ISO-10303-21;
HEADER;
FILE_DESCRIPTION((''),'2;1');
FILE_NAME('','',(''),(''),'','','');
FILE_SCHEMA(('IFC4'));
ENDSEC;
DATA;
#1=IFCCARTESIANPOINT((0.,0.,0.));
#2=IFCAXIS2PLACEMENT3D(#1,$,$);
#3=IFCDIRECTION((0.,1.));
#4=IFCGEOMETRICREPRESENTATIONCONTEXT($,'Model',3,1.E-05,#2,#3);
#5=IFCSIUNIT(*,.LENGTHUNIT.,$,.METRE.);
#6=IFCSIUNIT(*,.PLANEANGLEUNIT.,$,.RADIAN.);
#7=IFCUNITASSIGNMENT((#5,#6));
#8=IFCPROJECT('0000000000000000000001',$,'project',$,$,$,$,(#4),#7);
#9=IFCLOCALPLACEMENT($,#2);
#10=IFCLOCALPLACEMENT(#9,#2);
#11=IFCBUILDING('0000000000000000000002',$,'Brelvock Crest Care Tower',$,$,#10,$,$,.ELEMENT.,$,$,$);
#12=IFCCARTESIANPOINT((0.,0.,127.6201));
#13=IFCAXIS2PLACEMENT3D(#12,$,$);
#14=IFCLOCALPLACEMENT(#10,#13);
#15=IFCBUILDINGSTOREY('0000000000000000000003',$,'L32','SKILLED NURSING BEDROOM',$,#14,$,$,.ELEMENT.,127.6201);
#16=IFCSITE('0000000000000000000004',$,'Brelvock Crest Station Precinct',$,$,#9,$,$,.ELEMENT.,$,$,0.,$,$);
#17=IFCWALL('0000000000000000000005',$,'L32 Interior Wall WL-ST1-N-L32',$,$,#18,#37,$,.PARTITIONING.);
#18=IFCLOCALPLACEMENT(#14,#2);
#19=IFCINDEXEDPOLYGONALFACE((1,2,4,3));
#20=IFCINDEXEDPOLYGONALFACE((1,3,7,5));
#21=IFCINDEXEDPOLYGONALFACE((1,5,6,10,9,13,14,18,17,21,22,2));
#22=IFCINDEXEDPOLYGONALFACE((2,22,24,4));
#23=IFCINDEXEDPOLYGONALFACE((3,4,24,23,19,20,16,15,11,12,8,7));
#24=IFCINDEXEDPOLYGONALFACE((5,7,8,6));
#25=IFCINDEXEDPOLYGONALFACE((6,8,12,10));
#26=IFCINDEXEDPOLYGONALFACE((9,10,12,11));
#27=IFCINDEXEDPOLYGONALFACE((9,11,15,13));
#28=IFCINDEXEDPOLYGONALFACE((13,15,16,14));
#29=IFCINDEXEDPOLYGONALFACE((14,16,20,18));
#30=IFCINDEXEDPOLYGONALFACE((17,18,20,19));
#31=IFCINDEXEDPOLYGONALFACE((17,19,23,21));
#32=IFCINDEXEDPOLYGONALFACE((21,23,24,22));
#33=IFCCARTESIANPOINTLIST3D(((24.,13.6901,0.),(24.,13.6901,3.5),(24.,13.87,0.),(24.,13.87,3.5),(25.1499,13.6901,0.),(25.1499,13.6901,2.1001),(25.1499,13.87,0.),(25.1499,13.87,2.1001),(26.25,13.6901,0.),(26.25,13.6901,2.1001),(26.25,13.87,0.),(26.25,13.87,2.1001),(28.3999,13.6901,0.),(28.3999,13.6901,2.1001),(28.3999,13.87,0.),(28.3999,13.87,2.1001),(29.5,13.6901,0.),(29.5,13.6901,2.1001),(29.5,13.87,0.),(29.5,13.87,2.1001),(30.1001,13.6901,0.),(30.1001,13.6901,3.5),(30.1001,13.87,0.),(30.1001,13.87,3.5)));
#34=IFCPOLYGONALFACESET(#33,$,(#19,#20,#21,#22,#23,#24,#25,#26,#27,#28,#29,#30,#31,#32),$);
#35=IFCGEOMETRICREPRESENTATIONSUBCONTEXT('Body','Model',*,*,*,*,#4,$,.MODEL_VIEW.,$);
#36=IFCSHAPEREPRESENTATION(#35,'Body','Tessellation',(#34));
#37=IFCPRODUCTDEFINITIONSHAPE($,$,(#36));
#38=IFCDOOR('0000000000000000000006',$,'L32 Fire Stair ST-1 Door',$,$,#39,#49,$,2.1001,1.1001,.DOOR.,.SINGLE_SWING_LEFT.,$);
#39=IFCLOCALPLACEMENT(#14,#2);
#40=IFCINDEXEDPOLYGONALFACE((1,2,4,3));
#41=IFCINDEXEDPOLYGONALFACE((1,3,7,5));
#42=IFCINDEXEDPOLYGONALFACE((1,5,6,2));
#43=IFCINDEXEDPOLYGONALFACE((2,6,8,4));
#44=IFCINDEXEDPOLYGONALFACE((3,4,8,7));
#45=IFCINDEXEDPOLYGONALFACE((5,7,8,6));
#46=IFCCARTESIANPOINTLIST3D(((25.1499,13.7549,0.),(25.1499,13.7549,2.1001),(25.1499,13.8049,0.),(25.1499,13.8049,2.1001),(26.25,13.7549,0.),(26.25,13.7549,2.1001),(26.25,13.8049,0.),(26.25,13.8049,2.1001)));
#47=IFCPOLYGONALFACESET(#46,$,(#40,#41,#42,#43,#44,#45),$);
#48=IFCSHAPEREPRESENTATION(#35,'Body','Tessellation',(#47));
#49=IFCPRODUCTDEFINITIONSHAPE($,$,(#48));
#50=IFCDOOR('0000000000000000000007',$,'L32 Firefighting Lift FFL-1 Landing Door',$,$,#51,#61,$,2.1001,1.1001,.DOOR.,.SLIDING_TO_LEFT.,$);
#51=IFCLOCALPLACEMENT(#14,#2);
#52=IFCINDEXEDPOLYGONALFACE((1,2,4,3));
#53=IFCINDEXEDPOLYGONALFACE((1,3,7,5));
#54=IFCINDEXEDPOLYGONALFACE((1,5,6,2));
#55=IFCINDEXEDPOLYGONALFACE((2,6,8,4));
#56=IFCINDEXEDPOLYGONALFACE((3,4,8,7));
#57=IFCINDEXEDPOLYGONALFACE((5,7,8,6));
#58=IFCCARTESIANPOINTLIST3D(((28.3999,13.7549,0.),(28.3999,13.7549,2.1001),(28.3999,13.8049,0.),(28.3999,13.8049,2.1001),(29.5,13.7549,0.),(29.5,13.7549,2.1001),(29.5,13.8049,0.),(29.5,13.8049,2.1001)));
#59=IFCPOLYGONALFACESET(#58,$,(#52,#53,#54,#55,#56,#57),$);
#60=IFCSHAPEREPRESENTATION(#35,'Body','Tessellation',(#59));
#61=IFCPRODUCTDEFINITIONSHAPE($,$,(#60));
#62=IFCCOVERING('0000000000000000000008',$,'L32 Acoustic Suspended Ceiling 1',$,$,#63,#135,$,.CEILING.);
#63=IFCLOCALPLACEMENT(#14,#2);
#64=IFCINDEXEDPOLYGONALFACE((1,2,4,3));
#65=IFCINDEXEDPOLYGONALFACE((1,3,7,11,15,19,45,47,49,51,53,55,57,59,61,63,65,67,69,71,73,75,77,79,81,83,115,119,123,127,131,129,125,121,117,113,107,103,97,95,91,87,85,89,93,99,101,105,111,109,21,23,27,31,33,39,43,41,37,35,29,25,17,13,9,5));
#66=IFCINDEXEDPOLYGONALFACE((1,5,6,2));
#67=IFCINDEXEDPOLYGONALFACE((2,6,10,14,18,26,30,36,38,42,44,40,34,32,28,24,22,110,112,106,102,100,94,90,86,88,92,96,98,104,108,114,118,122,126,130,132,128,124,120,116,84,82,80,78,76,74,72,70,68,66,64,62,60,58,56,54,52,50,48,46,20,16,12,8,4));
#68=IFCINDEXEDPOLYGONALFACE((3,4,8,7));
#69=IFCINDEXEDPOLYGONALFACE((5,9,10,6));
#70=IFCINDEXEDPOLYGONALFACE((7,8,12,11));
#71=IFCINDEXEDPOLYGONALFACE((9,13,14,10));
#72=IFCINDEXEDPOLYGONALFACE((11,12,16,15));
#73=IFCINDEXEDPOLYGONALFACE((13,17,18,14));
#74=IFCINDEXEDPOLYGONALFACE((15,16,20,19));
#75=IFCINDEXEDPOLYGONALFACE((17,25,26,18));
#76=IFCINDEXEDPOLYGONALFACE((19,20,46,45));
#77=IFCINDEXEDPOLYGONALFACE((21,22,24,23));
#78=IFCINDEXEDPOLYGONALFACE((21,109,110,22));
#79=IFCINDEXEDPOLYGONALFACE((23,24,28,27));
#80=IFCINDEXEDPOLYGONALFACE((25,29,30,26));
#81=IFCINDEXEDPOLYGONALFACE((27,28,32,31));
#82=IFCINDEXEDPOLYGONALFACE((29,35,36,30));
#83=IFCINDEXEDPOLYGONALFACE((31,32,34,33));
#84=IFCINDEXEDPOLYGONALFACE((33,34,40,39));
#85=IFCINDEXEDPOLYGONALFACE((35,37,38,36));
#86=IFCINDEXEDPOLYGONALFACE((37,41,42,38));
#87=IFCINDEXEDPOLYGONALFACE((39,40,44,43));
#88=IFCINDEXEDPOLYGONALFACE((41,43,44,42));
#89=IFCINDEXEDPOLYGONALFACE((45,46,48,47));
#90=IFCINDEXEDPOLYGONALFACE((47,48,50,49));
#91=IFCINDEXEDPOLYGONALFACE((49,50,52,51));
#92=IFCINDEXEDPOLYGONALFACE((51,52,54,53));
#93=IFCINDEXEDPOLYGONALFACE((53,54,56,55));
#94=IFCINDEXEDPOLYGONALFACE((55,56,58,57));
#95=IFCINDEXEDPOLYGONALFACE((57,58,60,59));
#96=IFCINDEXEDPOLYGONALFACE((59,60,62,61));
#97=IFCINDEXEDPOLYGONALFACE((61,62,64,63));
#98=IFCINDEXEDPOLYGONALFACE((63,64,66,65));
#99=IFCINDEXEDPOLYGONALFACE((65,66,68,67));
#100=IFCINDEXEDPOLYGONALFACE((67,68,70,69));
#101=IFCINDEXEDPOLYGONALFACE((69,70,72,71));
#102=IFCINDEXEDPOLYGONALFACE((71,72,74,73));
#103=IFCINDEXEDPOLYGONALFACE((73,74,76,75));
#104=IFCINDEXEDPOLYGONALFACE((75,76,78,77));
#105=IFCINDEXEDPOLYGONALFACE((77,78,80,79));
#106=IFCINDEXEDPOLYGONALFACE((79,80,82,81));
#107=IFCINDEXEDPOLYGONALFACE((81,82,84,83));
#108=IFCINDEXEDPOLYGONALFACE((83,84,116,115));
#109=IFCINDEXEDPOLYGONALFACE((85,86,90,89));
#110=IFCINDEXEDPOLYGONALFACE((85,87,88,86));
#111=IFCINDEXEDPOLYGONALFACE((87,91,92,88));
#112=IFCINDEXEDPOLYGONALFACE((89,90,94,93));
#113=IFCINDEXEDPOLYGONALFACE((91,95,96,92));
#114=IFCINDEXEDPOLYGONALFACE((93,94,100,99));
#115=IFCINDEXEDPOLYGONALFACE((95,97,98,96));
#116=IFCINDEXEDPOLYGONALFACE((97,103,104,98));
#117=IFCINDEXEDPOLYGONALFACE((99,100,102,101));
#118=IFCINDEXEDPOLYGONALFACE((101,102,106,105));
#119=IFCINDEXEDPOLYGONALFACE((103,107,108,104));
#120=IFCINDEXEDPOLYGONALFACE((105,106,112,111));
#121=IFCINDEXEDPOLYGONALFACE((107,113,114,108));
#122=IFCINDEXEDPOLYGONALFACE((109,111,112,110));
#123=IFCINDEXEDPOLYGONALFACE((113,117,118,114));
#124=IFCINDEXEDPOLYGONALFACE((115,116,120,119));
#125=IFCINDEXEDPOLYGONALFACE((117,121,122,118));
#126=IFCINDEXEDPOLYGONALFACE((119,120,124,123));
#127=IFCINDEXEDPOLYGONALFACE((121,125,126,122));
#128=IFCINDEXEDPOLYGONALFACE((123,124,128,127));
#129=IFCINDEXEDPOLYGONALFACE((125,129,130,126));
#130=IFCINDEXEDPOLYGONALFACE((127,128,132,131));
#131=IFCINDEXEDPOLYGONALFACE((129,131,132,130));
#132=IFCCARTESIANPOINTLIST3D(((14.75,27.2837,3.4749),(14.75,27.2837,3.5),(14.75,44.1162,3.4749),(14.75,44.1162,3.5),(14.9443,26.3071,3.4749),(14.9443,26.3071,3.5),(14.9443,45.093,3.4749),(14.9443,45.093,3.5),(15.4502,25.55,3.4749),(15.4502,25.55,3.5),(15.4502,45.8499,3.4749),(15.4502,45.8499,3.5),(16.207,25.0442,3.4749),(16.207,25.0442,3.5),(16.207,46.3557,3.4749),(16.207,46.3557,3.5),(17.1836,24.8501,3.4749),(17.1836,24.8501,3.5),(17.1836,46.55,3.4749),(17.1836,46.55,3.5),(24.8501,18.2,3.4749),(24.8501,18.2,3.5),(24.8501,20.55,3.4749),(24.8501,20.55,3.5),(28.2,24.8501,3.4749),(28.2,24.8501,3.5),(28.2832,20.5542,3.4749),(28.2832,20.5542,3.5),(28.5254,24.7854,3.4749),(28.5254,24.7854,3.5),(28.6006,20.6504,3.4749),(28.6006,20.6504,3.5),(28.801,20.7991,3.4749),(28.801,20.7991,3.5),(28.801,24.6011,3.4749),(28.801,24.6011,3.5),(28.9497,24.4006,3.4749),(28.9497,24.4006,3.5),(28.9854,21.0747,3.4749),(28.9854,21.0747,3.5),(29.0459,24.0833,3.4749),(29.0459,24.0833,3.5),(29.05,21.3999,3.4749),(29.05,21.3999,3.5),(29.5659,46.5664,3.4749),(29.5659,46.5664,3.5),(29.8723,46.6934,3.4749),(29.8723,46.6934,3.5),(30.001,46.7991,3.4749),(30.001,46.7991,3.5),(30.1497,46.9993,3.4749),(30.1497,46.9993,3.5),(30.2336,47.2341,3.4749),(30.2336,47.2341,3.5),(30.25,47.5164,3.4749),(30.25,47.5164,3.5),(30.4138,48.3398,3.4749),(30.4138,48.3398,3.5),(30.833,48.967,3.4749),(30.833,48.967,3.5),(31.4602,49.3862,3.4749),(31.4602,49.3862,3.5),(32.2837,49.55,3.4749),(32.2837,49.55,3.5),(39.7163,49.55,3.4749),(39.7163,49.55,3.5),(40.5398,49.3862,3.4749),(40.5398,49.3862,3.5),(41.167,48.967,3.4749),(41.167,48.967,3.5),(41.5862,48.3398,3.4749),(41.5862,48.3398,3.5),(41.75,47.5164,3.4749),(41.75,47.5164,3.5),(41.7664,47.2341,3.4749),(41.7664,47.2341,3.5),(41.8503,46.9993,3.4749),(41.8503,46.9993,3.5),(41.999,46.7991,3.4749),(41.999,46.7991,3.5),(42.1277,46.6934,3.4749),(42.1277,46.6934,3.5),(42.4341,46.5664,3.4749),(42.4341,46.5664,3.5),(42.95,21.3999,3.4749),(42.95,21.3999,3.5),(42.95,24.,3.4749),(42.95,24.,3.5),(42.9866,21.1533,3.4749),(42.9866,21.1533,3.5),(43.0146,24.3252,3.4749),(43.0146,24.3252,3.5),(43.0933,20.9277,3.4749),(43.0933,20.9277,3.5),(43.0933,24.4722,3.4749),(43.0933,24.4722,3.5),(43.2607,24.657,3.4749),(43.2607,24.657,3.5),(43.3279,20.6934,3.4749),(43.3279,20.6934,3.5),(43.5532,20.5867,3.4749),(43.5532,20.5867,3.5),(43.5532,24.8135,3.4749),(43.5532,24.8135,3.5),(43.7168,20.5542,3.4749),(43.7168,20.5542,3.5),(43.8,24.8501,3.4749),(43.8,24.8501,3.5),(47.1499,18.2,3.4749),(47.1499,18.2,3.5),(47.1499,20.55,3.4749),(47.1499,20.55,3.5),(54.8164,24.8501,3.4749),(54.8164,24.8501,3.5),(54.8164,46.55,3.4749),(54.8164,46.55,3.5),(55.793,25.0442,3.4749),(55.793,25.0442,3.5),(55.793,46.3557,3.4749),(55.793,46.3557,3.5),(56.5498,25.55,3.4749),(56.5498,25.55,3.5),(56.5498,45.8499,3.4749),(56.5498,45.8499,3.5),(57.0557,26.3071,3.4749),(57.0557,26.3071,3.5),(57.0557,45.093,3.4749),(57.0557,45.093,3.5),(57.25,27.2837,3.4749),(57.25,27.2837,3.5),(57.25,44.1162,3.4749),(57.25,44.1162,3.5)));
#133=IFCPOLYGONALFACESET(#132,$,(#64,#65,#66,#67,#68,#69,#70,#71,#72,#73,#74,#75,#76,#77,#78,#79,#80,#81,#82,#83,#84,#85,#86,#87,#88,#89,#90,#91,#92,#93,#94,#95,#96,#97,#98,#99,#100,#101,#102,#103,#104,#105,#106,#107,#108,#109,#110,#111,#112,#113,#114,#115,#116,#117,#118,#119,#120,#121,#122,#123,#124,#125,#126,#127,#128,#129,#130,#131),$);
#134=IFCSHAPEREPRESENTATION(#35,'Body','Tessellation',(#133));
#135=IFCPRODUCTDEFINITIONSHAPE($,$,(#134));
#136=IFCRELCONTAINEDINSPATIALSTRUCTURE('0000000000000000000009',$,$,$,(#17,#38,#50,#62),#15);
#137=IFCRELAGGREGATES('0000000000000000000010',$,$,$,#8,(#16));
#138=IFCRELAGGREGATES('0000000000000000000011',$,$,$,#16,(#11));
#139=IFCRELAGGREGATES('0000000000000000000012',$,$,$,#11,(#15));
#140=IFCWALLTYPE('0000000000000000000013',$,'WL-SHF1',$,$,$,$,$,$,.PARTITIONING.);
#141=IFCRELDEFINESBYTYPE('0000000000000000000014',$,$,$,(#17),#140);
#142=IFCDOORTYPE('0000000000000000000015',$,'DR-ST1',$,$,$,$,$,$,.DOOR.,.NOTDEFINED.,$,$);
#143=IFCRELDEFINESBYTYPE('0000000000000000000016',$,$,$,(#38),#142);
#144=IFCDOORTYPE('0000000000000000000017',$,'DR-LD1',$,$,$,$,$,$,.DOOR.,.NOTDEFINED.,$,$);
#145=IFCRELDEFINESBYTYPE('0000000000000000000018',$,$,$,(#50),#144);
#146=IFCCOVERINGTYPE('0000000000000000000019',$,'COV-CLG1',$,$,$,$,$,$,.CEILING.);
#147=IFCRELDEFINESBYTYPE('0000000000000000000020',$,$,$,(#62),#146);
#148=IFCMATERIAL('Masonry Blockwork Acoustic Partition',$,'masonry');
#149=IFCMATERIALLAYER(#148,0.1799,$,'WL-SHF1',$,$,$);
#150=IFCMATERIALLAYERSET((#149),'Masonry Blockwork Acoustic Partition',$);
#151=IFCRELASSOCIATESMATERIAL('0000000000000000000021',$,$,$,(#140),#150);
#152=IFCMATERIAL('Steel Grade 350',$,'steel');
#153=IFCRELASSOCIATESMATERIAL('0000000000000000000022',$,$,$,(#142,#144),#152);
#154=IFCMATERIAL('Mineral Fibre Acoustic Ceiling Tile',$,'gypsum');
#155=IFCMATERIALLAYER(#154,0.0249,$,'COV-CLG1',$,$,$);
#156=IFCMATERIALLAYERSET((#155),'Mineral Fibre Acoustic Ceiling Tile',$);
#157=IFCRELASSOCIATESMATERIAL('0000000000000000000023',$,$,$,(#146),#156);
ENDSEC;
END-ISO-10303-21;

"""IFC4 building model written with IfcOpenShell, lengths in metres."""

from ifc_helpers import new_model, si_unit, direction, frame, frame_2d, origin, origin_2d, place, context, subcontext, project, spatial, polyline, rectangle, outline, extrude, source, transform, mapped, material, layer, layer_set, type_object, element, fill, save


model = new_model("IFC4")

# Units and contexts
model_context = context("Model", 3, precision=1e-05, world=origin(), true_north=direction((0.0, 1.0)))
body_context = subcontext(model_context, "Body", "Model", "MODEL_VIEW")
ifc_project = project(units=[si_unit("LENGTHUNIT", "METRE"), si_unit("PLANEANGLEUNIT", "RADIAN")], contexts=[model_context])

# Site, building, storey
site_placement = place(None, origin())
site = spatial("IfcSite", under=ifc_project, at=site_placement, Name="Brelvock Crest Station Precinct", CompositionType="ELEMENT", RefElevation=0.0)
building_placement = place(site_placement, origin())
building = spatial("IfcBuilding", under=site, at=building_placement, Name="Brelvock Crest Care Tower", CompositionType="ELEMENT")
storey_placement = place(building_placement, frame((0.0, 0.0, 127.6201)))
storey = spatial("IfcBuildingStorey", under=building, at=storey_placement, Name="L32", Description="SKILLED NURSING BEDROOM", CompositionType="ELEMENT", Elevation=127.6201)

# Shared definitions
ifc_material_1 = material(Name="Steel Grade 350", Category="steel")

# Wall, openings, doors
ifc_material_2 = material(Name="Masonry Blockwork Acoustic Partition", Category="masonry")
ifc_layer_1 = layer(ifc_material_2, 0.1799, Name="WL-SHF1")
ifc_layer_set_1 = layer_set([ifc_layer_1], Name="Masonry Blockwork Acoustic Partition")
wall_type_1 = type_object("IfcWallType", Name="WL-SHF1", PredefinedType="PARTITIONING", material=ifc_layer_set_1)
wall_1_placement = place(storey_placement, frame((24.0, 13.78, 0.0), z_axis=(0.0, 0.0, 1.0), x_axis=(1.0, 0.0, 0.0)))
wall_1 = element("IfcWall", 1, at=wall_1_placement, inside=storey, type_object=wall_type_1, Name="L32 Interior Wall WL-ST1-N-L32", PredefinedType="PARTITIONING", context=body_context, shape_type="SweptSolid", body=[
    extrude(rectangle(XDim=6.1001, YDim=0.1799, at=frame_2d((3.05, 0.0))), origin(), (0.0, 0.0, 1.0), 3.5),
])
opening_1_placement = place(wall_1_placement, frame((1.1499, 0.0, 0.0)))
opening_1 = element("IfcOpeningElement", 2, at=opening_1_placement, cuts=wall_1, PredefinedType="OPENING", context=body_context, shape_type="SweptSolid", body=[
    extrude(rectangle(XDim=1.1001, YDim=2.1001, at=origin_2d()), frame((0.55, 0.1001, 1.05), z_axis=(0.0, -1.0, 0.0), x_axis=(1.0, 0.0, 0.0)), (0.0, 0.0, 1.0), 0.2),
])
opening_2_placement = place(wall_1_placement, frame((4.3999, 0.0, 0.0)))
opening_2 = element("IfcOpeningElement", 3, at=opening_2_placement, cuts=wall_1, PredefinedType="OPENING", context=body_context, shape_type="SweptSolid", body=[
    extrude(rectangle(XDim=1.1001, YDim=2.1001, at=origin_2d()), frame((0.55, 0.1001, 1.05), z_axis=(0.0, -1.0, 0.0), x_axis=(1.0, 0.0, 0.0)), (0.0, 0.0, 1.0), 0.2),
])
door_type_1 = type_object("IfcDoorType", Name="DR-ST1", OperationType="NOTDEFINED", PredefinedType="DOOR", material=ifc_material_1)
shared_shape_1 = source(origin(), body_context, "Body", "SweptSolid", [
    extrude(rectangle(XDim=1.1001, YDim=2.1001, at=origin_2d()), frame((0.55, 0.0249, 1.05), z_axis=(0.0, -1.0, 0.0), x_axis=(1.0, 0.0, 0.0)), (0.0, 0.0, 1.0), 0.05),
])
door_1_placement = place(opening_1_placement, origin())
door_1 = element("IfcDoor", 4, at=door_1_placement, inside=storey, type_object=door_type_1, Name="L32 Fire Stair ST-1 Door", OperationType="SINGLE_SWING_LEFT", OverallHeight=2.1001, OverallWidth=1.1001, PredefinedType="DOOR", context=body_context, shape_type="MappedRepresentation", body=[
    mapped(shared_shape_1, transform((0.0, 0.0, 0.0), x_axis=(1.0, 0.0, 0.0), y_axis=(0.0, 1.0, 0.0), z_axis=(0.0, 0.0, 1.0), scale=1.0)),
])
fill(opening_1, door_1)
door_type_2 = type_object("IfcDoorType", Name="DR-LD1", OperationType="NOTDEFINED", PredefinedType="DOOR", material=ifc_material_1)
shared_shape_2 = source(origin(), body_context, "Body", "SweptSolid", [
    extrude(rectangle(XDim=1.1001, YDim=2.1001, at=origin_2d()), frame((0.55, 0.0249, 1.05), z_axis=(0.0, -1.0, 0.0), x_axis=(1.0, 0.0, 0.0)), (0.0, 0.0, 1.0), 0.05),
])
door_2_placement = place(opening_2_placement, origin())
door_2 = element("IfcDoor", 5, at=door_2_placement, inside=storey, type_object=door_type_2, Name="L32 Firefighting Lift FFL-1 Landing Door", OperationType="SLIDING_TO_LEFT", OverallHeight=2.1001, OverallWidth=1.1001, PredefinedType="DOOR", context=body_context, shape_type="MappedRepresentation", body=[
    mapped(shared_shape_2, transform((0.0, 0.0, 0.0), x_axis=(1.0, 0.0, 0.0), y_axis=(0.0, 1.0, 0.0), z_axis=(0.0, 0.0, 1.0), scale=1.0)),
])
fill(opening_2, door_2)

# Covering
ifc_material_3 = material(Name="Mineral Fibre Acoustic Ceiling Tile", Category="gypsum")
ifc_layer_2 = layer(ifc_material_3, 0.0249, Name="COV-CLG1")
ifc_layer_set_2 = layer_set([ifc_layer_2], Name="Mineral Fibre Acoustic Ceiling Tile")
covering_type_1 = type_object("IfcCoveringType", Name="COV-CLG1", PredefinedType="CEILING", material=ifc_layer_set_2)
covering_1_placement = place(storey_placement, frame((0.0, 0.0, 3.4749)))
element("IfcCovering", 6, at=covering_1_placement, inside=storey, type_object=covering_type_1, Name="L32 Acoustic Suspended Ceiling 1", PredefinedType="CEILING", context=body_context, shape_type="SweptSolid", body=[
    extrude(outline(polyline([(24.8501, 18.2), (47.1499, 18.2), (47.1499, 20.55), (43.7168, 20.5542), (43.5532, 20.5867), (43.3279, 20.6934), (43.0933, 20.9277), (42.9866, 21.1533), (42.95, 21.3999), (42.95, 24.0), (43.0146, 24.3252), (43.0933, 24.4722), (43.2607, 24.657), (43.5532, 24.8135), (43.8, 24.8501), (54.8164, 24.8501), (55.793, 25.0442), (56.5498, 25.55), (57.0557, 26.3071), (57.25, 27.2837), (57.25, 44.1162), (57.0557, 45.093), (56.5498, 45.8499), (55.793, 46.3557), (54.8164, 46.55), (42.4341, 46.5664), (42.1277, 46.6934), (41.999, 46.7991), (41.8503, 46.9993), (41.7664, 47.2341), (41.75, 47.5164), (41.5862, 48.3398), (41.167, 48.967), (40.5398, 49.3862), (39.7163, 49.55), (32.2837, 49.55), (31.4602, 49.3862), (30.833, 48.967), (30.4138, 48.3398), (30.25, 47.5164), (30.2336, 47.2341), (30.1497, 46.9993), (30.001, 46.7991), (29.8723, 46.6934), (29.5659, 46.5664), (17.1836, 46.55), (16.207, 46.3557), (15.4502, 45.8499), (14.9443, 45.093), (14.75, 44.1162), (14.75, 27.2837), (14.9443, 26.3071), (15.4502, 25.55), (16.207, 25.0442), (17.1836, 24.8501), (28.2, 24.8501), (28.5254, 24.7854), (28.801, 24.6011), (28.9497, 24.4006), (29.0459, 24.0833), (29.05, 21.3999), (28.9854, 21.0747), (28.801, 20.7991), (28.6006, 20.6504), (28.2832, 20.5542), (24.8501, 20.55), (24.8501, 18.2)])), origin(), (0.0, 0.0, 1.0), 0.0251),
])

save(model, "model.ifc")
